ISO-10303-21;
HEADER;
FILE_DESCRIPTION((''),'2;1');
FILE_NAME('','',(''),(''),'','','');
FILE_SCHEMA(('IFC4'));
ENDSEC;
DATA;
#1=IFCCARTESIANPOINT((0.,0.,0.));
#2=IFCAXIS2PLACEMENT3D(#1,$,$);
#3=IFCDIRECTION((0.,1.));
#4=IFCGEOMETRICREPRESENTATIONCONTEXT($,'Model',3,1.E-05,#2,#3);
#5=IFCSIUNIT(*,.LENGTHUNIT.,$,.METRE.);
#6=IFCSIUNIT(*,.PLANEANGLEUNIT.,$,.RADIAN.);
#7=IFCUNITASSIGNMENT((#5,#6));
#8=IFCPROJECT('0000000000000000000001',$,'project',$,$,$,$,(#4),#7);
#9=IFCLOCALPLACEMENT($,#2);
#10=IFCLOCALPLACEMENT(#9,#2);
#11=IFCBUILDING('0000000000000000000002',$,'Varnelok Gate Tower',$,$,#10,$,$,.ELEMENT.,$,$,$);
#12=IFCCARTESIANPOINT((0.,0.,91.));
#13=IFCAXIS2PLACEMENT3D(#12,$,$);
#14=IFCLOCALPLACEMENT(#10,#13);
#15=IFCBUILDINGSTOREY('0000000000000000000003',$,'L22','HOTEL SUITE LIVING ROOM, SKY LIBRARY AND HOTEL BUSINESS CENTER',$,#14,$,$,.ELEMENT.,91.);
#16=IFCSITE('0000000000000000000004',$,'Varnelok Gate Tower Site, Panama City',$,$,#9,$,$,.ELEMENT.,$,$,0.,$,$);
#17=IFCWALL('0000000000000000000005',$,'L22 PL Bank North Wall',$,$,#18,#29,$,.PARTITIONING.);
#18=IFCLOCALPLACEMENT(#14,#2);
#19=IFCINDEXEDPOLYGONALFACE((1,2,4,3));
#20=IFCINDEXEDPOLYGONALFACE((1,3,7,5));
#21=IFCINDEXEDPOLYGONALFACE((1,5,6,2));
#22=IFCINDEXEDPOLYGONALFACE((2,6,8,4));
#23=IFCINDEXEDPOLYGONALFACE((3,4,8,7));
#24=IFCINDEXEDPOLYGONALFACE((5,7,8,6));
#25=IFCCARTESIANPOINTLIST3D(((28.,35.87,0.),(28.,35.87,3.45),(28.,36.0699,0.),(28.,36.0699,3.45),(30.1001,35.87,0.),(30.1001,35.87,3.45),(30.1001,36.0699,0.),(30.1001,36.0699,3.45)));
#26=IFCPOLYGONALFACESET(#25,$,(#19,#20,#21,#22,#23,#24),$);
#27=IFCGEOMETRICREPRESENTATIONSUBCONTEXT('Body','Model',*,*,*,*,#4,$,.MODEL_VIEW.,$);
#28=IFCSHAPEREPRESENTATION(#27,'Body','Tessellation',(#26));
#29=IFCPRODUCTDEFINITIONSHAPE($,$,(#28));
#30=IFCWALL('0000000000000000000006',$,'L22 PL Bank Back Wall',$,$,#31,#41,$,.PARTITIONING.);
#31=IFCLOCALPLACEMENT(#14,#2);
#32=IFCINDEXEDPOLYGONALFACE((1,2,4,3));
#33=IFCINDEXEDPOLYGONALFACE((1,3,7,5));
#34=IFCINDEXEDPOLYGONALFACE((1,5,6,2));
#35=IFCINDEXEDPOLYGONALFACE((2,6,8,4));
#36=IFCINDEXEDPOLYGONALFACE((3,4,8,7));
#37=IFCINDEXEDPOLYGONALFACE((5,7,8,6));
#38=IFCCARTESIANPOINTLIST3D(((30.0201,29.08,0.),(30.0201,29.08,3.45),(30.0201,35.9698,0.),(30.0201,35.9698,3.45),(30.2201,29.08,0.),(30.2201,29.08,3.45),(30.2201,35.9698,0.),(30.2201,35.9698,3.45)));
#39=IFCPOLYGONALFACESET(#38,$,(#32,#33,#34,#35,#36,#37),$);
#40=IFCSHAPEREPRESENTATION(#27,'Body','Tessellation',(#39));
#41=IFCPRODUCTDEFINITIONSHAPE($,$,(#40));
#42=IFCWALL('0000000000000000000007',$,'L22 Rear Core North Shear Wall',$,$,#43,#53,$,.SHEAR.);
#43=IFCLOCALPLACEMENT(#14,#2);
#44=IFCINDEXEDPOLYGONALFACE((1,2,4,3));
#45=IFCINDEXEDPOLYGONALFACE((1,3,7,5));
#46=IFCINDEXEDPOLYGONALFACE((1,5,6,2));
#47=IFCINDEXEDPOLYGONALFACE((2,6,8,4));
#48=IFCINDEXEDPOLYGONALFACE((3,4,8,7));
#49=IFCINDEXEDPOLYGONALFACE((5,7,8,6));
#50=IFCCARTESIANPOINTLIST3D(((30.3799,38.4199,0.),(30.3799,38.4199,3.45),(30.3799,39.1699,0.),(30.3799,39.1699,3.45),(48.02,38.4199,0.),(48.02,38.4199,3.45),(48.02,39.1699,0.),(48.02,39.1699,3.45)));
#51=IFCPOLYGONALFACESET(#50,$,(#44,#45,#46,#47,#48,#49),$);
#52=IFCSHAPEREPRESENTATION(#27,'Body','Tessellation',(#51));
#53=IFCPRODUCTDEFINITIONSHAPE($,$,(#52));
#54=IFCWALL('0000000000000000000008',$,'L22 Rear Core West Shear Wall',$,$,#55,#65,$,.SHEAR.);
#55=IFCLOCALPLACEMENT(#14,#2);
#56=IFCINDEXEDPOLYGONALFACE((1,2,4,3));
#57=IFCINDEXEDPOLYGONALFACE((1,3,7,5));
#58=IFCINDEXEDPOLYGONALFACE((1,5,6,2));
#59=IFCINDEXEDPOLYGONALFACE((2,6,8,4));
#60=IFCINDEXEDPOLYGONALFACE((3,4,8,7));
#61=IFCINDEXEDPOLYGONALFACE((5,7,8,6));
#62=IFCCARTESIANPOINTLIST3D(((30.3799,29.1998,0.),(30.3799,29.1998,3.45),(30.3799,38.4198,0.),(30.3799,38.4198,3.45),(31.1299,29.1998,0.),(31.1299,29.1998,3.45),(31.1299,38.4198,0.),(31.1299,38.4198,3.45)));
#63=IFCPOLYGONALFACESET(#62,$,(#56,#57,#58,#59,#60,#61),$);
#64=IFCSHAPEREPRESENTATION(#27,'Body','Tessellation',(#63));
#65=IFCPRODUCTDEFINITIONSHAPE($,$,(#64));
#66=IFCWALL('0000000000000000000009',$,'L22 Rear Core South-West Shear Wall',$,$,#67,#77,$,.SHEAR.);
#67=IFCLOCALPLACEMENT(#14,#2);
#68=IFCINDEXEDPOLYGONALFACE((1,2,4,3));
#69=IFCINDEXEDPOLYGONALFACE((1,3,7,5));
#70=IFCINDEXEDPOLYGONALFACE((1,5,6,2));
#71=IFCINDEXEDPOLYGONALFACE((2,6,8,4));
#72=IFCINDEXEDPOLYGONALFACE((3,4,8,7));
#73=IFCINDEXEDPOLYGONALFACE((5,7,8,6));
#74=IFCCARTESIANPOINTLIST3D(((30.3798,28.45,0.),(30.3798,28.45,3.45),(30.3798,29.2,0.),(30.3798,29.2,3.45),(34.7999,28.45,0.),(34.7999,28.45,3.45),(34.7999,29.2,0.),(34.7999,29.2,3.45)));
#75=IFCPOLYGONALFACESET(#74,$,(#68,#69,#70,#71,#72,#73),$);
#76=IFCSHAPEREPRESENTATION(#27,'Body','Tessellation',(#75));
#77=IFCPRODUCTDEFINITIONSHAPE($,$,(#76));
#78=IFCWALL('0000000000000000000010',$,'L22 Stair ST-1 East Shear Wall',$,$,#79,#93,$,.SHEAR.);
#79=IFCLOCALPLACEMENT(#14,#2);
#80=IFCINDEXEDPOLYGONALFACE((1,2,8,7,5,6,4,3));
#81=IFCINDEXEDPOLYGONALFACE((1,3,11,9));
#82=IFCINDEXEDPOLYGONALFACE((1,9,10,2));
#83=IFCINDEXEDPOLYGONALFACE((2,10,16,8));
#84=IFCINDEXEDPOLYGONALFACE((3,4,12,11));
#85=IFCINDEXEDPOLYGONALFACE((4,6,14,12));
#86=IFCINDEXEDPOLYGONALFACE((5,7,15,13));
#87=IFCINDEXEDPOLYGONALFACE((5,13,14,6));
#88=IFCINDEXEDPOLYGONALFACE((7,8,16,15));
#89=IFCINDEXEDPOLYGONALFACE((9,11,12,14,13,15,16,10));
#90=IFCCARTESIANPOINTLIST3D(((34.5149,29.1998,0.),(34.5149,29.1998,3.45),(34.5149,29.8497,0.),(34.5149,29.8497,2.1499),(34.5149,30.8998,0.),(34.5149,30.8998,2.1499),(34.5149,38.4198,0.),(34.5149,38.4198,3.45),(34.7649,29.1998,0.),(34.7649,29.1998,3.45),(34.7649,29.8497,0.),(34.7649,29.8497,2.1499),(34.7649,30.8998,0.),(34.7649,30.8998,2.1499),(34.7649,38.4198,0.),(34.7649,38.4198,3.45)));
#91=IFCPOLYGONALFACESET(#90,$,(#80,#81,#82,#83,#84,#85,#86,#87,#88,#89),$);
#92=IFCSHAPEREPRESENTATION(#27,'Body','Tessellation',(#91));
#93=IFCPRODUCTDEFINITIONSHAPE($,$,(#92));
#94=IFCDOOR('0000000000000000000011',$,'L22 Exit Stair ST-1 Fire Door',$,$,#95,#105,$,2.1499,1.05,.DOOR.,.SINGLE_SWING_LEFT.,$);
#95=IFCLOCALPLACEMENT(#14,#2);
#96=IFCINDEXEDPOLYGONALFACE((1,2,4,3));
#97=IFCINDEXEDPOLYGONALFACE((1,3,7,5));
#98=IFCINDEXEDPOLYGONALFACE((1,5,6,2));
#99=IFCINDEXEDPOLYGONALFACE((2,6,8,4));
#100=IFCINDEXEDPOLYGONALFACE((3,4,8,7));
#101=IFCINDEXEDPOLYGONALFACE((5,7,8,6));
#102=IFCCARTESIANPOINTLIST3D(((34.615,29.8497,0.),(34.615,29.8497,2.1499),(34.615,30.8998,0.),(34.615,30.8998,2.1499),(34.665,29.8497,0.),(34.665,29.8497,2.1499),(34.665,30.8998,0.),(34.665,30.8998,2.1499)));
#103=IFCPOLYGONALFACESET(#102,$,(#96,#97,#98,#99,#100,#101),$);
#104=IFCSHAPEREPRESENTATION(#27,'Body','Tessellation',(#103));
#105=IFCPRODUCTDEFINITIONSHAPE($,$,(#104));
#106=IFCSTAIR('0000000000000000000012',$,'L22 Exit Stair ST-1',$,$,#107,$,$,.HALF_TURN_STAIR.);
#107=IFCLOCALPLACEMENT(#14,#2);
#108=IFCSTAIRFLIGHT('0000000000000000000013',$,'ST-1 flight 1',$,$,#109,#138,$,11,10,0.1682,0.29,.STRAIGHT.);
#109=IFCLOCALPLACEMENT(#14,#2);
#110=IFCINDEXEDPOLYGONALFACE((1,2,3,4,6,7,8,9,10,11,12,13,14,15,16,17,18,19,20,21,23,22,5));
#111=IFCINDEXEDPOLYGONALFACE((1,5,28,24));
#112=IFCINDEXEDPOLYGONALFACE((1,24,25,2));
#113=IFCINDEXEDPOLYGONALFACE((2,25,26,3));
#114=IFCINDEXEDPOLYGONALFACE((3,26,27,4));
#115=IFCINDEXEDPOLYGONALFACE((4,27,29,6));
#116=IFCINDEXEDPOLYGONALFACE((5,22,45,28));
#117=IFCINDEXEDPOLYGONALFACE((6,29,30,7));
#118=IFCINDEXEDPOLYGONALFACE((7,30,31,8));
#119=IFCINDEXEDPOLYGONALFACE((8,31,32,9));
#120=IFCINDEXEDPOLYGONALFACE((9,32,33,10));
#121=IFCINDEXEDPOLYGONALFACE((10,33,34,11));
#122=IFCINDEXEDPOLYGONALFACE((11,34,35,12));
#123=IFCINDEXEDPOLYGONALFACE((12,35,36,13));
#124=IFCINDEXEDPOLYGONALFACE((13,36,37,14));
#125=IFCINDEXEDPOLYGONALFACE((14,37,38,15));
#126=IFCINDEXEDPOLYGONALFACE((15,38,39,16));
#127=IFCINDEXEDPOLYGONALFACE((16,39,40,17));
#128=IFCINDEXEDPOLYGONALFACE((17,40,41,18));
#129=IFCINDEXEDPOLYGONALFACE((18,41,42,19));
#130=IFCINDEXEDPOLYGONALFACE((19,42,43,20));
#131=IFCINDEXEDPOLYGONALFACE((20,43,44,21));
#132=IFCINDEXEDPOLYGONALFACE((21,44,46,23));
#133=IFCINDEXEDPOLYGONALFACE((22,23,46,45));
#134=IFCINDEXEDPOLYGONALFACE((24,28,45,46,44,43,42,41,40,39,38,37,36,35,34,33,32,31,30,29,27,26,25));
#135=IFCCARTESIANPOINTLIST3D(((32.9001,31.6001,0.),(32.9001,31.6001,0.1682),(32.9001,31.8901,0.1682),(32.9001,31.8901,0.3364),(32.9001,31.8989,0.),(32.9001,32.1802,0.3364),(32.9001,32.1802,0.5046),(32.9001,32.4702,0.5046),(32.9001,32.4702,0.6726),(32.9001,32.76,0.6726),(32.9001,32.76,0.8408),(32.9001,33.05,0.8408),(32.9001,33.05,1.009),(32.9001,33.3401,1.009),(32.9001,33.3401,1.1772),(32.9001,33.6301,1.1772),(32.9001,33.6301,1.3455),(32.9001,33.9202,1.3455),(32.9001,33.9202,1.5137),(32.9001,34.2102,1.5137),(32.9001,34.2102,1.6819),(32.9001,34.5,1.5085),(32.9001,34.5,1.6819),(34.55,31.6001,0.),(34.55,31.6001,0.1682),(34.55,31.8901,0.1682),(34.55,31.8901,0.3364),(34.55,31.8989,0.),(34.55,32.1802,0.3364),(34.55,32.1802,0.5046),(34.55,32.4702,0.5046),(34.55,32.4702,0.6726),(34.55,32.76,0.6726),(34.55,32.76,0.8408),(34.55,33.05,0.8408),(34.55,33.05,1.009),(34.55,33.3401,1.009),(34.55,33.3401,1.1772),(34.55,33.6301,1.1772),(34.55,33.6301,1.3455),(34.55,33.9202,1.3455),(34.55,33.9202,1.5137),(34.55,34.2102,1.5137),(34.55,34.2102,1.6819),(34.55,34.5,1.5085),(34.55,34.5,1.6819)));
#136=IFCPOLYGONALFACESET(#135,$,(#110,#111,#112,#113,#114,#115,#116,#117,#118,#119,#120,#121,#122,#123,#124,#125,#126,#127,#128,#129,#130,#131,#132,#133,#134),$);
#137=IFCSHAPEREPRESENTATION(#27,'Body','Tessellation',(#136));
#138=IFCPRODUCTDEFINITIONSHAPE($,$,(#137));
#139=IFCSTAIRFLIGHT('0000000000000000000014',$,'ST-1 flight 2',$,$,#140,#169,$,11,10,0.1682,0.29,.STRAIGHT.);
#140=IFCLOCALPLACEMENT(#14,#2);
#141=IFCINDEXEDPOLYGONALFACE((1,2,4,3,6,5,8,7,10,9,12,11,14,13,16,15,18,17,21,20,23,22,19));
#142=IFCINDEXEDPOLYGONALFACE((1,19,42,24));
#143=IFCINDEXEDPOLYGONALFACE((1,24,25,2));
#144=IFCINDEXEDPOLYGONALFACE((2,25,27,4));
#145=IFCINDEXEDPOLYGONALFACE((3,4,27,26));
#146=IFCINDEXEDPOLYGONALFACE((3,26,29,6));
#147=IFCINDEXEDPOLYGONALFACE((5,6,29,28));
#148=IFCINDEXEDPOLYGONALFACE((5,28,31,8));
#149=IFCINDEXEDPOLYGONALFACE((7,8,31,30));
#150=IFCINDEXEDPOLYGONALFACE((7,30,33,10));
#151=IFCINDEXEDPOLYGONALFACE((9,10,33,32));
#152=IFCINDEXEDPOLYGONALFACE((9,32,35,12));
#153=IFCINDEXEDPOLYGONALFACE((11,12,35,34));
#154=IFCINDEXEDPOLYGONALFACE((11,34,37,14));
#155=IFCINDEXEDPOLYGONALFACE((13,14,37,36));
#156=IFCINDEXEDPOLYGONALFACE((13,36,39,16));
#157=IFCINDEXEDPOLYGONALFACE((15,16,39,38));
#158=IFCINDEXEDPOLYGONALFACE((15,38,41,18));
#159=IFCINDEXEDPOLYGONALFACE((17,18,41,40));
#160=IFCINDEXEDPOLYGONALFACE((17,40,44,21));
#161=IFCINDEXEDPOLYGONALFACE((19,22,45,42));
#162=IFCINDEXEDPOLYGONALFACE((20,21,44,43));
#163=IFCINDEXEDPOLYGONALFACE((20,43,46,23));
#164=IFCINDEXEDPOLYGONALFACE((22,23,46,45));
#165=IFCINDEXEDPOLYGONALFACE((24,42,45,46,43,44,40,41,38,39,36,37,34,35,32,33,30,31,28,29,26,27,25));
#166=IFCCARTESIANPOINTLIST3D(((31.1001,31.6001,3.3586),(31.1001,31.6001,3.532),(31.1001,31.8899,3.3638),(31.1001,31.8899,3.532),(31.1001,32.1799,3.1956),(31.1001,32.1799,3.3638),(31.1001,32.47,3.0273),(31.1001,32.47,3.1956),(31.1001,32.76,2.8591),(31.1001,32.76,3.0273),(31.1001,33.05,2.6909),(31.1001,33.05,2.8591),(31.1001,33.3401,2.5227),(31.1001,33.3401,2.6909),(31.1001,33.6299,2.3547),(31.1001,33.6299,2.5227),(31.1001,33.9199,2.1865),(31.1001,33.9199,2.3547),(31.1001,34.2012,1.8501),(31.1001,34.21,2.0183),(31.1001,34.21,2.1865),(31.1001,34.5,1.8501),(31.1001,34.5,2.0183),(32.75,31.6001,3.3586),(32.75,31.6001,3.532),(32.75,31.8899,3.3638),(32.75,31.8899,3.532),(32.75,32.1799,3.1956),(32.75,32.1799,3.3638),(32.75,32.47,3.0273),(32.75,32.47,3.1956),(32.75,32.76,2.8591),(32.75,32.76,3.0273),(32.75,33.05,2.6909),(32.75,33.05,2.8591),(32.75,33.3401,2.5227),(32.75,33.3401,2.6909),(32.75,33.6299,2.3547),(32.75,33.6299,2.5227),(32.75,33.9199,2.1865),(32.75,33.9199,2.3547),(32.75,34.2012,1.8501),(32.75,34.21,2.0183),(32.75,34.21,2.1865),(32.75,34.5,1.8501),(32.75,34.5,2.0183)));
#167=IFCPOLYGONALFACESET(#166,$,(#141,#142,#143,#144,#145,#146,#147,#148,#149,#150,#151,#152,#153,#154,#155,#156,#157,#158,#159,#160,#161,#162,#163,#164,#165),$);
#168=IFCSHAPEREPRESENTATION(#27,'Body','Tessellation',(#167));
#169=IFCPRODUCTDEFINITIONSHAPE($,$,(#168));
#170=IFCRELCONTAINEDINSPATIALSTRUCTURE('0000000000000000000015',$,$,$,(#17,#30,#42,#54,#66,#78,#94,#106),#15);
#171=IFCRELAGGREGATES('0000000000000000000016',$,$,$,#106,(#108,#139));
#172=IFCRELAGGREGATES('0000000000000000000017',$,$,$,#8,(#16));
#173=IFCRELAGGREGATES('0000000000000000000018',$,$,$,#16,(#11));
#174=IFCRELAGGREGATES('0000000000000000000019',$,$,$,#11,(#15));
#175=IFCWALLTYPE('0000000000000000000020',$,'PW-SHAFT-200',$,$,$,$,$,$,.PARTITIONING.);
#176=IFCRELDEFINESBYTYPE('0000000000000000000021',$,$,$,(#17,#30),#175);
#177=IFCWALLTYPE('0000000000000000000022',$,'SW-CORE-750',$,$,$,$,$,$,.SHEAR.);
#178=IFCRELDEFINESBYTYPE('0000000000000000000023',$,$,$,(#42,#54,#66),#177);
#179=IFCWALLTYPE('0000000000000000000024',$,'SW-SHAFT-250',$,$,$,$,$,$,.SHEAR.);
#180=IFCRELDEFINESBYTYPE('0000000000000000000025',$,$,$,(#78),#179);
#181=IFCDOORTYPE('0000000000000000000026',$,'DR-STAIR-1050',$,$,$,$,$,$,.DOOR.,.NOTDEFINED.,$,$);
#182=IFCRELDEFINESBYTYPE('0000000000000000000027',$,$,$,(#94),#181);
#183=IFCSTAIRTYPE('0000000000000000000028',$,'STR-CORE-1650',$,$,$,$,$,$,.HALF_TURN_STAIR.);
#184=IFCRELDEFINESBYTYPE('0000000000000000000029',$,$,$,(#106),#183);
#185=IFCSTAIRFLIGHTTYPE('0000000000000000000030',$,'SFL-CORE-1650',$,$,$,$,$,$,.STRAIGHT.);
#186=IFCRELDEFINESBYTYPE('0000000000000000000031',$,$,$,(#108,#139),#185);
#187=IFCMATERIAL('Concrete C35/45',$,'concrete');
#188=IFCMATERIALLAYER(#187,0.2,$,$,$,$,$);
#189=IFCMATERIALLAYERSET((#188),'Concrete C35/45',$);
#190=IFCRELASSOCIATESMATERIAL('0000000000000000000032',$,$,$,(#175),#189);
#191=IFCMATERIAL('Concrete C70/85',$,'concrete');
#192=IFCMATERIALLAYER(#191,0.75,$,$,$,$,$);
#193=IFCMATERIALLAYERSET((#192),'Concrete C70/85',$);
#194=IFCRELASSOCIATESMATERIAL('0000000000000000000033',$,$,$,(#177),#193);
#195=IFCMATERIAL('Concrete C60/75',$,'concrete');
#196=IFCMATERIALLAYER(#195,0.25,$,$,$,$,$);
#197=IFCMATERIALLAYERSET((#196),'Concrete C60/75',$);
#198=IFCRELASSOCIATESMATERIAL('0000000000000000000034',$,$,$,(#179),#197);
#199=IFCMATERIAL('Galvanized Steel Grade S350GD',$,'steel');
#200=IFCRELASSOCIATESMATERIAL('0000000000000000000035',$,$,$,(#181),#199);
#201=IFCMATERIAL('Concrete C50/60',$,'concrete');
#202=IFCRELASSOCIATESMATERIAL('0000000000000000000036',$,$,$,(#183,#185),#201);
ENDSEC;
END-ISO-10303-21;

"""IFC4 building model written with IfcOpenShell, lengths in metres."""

from ifc_helpers import new_model, si_unit, direction, frame, frame_2d, origin, place, context, subcontext, project, spatial, polyline, rectangle, outline, extrude, material, layer, layer_set, type_object, element, fill, aggregate, save


model = new_model("IFC4")

# Units and contexts
model_context = context("Model", 3, precision=1e-05, world=origin(), true_north=direction((0.0, 1.0)))
body_context = subcontext(model_context, "Body", "Model", "MODEL_VIEW")
ifc_project = project(units=[si_unit("LENGTHUNIT", "METRE"), si_unit("PLANEANGLEUNIT", "RADIAN")], contexts=[model_context])

# Site, building, storey
site_placement = place(None, origin())
site = spatial("IfcSite", under=ifc_project, at=site_placement, Name="Varnelok Gate Tower Site, Panama City", CompositionType="ELEMENT", RefElevation=0.0)
building_placement = place(site_placement, origin())
building = spatial("IfcBuilding", under=site, at=building_placement, Name="Varnelok Gate Tower", CompositionType="ELEMENT")
storey_placement = place(building_placement, frame((0.0, 0.0, 91.0)))
storey = spatial("IfcBuildingStorey", under=building, at=storey_placement, Name="L22", Description="HOTEL SUITE LIVING ROOM, SKY LIBRARY AND HOTEL BUSINESS CENTER", CompositionType="ELEMENT", Elevation=91.0)

# Shared definitions
ifc_material_1 = material(Name="Concrete C60/75", Category="concrete")

# Shared definitions
ifc_material_2 = material(Name="Concrete C35/45", Category="concrete")
ifc_layer_1 = layer(ifc_material_2, 0.2)
ifc_layer_set_1 = layer_set([ifc_layer_1], Name="Concrete C35/45")
wall_type_1 = type_object("IfcWallType", Name="PW-SHAFT-200", PredefinedType="PARTITIONING", material=ifc_layer_set_1)
ifc_material_3 = material(Name="Galvanized Steel Grade S350GD", Category="steel")

# Walls
wall_1_placement = place(storey_placement, frame((28.0, 35.97, 0.0), z_axis=(0.0, 0.0, 1.0), x_axis=(1.0, 0.0, 0.0)))
element("IfcWall", 1, at=wall_1_placement, inside=storey, type_object=wall_type_1, Name="L22 PL Bank North Wall", PredefinedType="PARTITIONING", context=body_context, shape_type="SweptSolid", body=[
    extrude(rectangle(XDim=2.1001, YDim=0.2, at=frame_2d((1.05, 0.0))), origin(), (0.0, 0.0, 1.0), 3.45),
])
wall_2_placement = place(storey_placement, frame((30.1201, 29.0801, 0.0), z_axis=(0.0, 0.0, 1.0), x_axis=(0.0, 1.0, 0.0)))
element("IfcWall", 2, at=wall_2_placement, inside=storey, type_object=wall_type_1, Name="L22 PL Bank Back Wall", PredefinedType="PARTITIONING", context=body_context, shape_type="SweptSolid", body=[
    extrude(rectangle(XDim=6.8899, YDim=0.2, at=frame_2d((3.4448, 0.0))), origin(), (0.0, 0.0, 1.0), 3.45),
])
ifc_material_4 = material(Name="Concrete C70/85", Category="concrete")
ifc_layer_2 = layer(ifc_material_4, 0.75)
ifc_layer_set_2 = layer_set([ifc_layer_2], Name="Concrete C70/85")
wall_type_2 = type_object("IfcWallType", Name="SW-CORE-750", PredefinedType="SHEAR", material=ifc_layer_set_2)
wall_3_placement = place(storey_placement, frame((30.3799, 38.7949, 0.0), z_axis=(0.0, 0.0, 1.0), x_axis=(1.0, 0.0, 0.0)))
element("IfcWall", 3, at=wall_3_placement, inside=storey, type_object=wall_type_2, Name="L22 Rear Core North Shear Wall", PredefinedType="SHEAR", context=body_context, shape_type="SweptSolid", body=[
    extrude(rectangle(XDim=17.6401, YDim=0.75, at=frame_2d((8.8201, 0.0))), origin(), (0.0, 0.0, 1.0), 3.45),
])
wall_4_placement = place(storey_placement, frame((30.7549, 29.2, 0.0), z_axis=(0.0, 0.0, 1.0), x_axis=(0.0, 1.0, 0.0)))
element("IfcWall", 4, at=wall_4_placement, inside=storey, type_object=wall_type_2, Name="L22 Rear Core West Shear Wall", PredefinedType="SHEAR", context=body_context, shape_type="SweptSolid", body=[
    extrude(rectangle(XDim=9.22, YDim=0.75, at=frame_2d((4.6099, 0.0))), origin(), (0.0, 0.0, 1.0), 3.45),
])
wall_5_placement = place(storey_placement, frame((30.3799, 28.825, 0.0), z_axis=(0.0, 0.0, 1.0), x_axis=(1.0, 0.0, 0.0)))
element("IfcWall", 5, at=wall_5_placement, inside=storey, type_object=wall_type_2, Name="L22 Rear Core South-West Shear Wall", PredefinedType="SHEAR", context=body_context, shape_type="SweptSolid", body=[
    extrude(rectangle(XDim=4.4202, YDim=0.75, at=frame_2d((2.21, 0.0))), origin(), (0.0, 0.0, 1.0), 3.45),
])

# Wall, opening, door
ifc_layer_3 = layer(ifc_material_1, 0.25)
ifc_layer_set_3 = layer_set([ifc_layer_3], Name="Concrete C60/75")
wall_type_3 = type_object("IfcWallType", Name="SW-SHAFT-250", PredefinedType="SHEAR", material=ifc_layer_set_3)
wall_6_placement = place(storey_placement, frame((34.6399, 29.2, 0.0), z_axis=(0.0, 0.0, 1.0), x_axis=(0.0, 1.0, 0.0)))
wall_6 = element("IfcWall", 6, at=wall_6_placement, inside=storey, type_object=wall_type_3, Name="L22 Stair ST-1 East Shear Wall", PredefinedType="SHEAR", context=body_context, shape_type="SweptSolid", body=[
    extrude(rectangle(XDim=9.22, YDim=0.25, at=frame_2d((4.6099, 0.0))), origin(), (0.0, 0.0, 1.0), 3.45),
])
opening_1_placement = place(wall_6_placement, frame((0.6499, 0.0, 0.0)))
opening_1 = element("IfcOpeningElement", 7, at=opening_1_placement, cuts=wall_6, PredefinedType="OPENING", context=body_context, shape_type="SweptSolid", body=[
    extrude(rectangle(XDim=1.05, YDim=2.1499, at=frame_2d((0.5249, 1.075))), frame((0.0, 0.135, 0.0), z_axis=(0.0, -1.0, 0.0), x_axis=(1.0, 0.0, 0.0)), (0.0, 0.0, 1.0), 0.27),
])
door_type_1 = type_object("IfcDoorType", Name="DR-STAIR-1050", OperationType="NOTDEFINED", PredefinedType="DOOR", material=ifc_material_3)
door_1_placement = place(opening_1_placement, origin())
door_1 = element("IfcDoor", 8, at=door_1_placement, inside=storey, type_object=door_type_1, Name="L22 Exit Stair ST-1 Fire Door", OperationType="SINGLE_SWING_LEFT", OverallHeight=2.1499, OverallWidth=1.05, PredefinedType="DOOR", context=body_context, shape_type="SweptSolid", body=[
    extrude(rectangle(XDim=1.05, YDim=2.1499, at=frame_2d((0.5249, 1.075))), frame((0.0, 0.0249, 0.0), z_axis=(0.0, -1.0, 0.0), x_axis=(1.0, 0.0, 0.0)), (0.0, 0.0, 1.0), 0.05),
])
fill(opening_1, door_1)

# Stair, stair flights
ifc_material_5 = material(Name="Concrete C50/60", Category="concrete")
stair_type = type_object("IfcStairType", Name="STR-CORE-1650", PredefinedType="HALF_TURN_STAIR", material=ifc_material_5)
stair_placement = place(storey_placement, origin())
stair = element("IfcStair", 9, at=stair_placement, inside=storey, type_object=stair_type, Name="L22 Exit Stair ST-1", PredefinedType="HALF_TURN_STAIR")
stair_flight_type = type_object("IfcStairFlightType", Name="SFL-CORE-1650", PredefinedType="STRAIGHT", material=ifc_material_5)
stair_flight_1_placement = place(storey_placement, frame((33.7251, 31.6001, 0.0), z_axis=(0.0, 0.0, 1.0), x_axis=(0.0, 1.0, 0.0)))
stair_flight_1 = element("IfcStairFlight", 10, at=stair_flight_1_placement, type_object=stair_flight_type, Name="ST-1 flight 1", NumberOfRisers=11, NumberOfTreads=10, PredefinedType="STRAIGHT", RiserHeight=0.1682, TreadLength=0.29, context=body_context, shape_type="SweptSolid", body=[
    extrude(outline(polyline([(0.0, 0.0), (0.0, 0.1682), (0.29, 0.1682), (0.29, 0.3364), (0.5801, 0.3364), (0.5801, 0.5046), (0.8701, 0.5046), (0.8701, 0.6726), (1.1599, 0.6726), (1.1599, 0.8408), (1.45, 0.8408), (1.45, 1.009), (1.74, 1.009), (1.74, 1.1772), (2.03, 1.1772), (2.03, 1.3455), (2.3201, 1.3455), (2.3201, 1.5137), (2.6101, 1.5137), (2.6101, 1.6819), (2.8999, 1.6819), (2.8999, 1.8501), (2.8999, 1.5085), (0.2988, 0.0), (0.0, 0.0)])), frame((0.0, 0.825, 0.0), z_axis=(0.0, -1.0, 0.0), x_axis=(1.0, 0.0, 0.0)), (0.0, 0.0, 1.0), 1.6499),
])
stair_flight_2_placement = place(storey_placement, frame((31.925, 34.5, 1.8501), z_axis=(0.0, 0.0, 1.0), x_axis=(0.0, -1.0, 0.0)))
stair_flight_2 = element("IfcStairFlight", 11, at=stair_flight_2_placement, type_object=stair_flight_type, Name="ST-1 flight 2", NumberOfRisers=11, NumberOfTreads=10, PredefinedType="STRAIGHT", RiserHeight=0.1682, TreadLength=0.29, context=body_context, shape_type="SweptSolid", body=[
    extrude(outline(polyline([(0.0, 0.0), (0.0, 0.1682), (0.29, 0.1682), (0.29, 0.3364), (0.5801, 0.3364), (0.5801, 0.5046), (0.8701, 0.5046), (0.8701, 0.6726), (1.1599, 0.6726), (1.1599, 0.8408), (1.45, 0.8408), (1.45, 1.009), (1.74, 1.009), (1.74, 1.1772), (2.03, 1.1772), (2.03, 1.3455), (2.3201, 1.3455), (2.3201, 1.5137), (2.6101, 1.5137), (2.6101, 1.6819), (2.8999, 1.6819), (2.8999, 1.8501), (2.8999, 1.5085), (0.2988, 0.0), (0.0, 0.0)])), frame((0.0, 0.825, 0.0), z_axis=(0.0, -1.0, 0.0), x_axis=(1.0, 0.0, 0.0)), (0.0, 0.0, 1.0), 1.6499),
])
aggregate(stair, [stair_flight_1, stair_flight_2])

save(model, "model.ifc")
